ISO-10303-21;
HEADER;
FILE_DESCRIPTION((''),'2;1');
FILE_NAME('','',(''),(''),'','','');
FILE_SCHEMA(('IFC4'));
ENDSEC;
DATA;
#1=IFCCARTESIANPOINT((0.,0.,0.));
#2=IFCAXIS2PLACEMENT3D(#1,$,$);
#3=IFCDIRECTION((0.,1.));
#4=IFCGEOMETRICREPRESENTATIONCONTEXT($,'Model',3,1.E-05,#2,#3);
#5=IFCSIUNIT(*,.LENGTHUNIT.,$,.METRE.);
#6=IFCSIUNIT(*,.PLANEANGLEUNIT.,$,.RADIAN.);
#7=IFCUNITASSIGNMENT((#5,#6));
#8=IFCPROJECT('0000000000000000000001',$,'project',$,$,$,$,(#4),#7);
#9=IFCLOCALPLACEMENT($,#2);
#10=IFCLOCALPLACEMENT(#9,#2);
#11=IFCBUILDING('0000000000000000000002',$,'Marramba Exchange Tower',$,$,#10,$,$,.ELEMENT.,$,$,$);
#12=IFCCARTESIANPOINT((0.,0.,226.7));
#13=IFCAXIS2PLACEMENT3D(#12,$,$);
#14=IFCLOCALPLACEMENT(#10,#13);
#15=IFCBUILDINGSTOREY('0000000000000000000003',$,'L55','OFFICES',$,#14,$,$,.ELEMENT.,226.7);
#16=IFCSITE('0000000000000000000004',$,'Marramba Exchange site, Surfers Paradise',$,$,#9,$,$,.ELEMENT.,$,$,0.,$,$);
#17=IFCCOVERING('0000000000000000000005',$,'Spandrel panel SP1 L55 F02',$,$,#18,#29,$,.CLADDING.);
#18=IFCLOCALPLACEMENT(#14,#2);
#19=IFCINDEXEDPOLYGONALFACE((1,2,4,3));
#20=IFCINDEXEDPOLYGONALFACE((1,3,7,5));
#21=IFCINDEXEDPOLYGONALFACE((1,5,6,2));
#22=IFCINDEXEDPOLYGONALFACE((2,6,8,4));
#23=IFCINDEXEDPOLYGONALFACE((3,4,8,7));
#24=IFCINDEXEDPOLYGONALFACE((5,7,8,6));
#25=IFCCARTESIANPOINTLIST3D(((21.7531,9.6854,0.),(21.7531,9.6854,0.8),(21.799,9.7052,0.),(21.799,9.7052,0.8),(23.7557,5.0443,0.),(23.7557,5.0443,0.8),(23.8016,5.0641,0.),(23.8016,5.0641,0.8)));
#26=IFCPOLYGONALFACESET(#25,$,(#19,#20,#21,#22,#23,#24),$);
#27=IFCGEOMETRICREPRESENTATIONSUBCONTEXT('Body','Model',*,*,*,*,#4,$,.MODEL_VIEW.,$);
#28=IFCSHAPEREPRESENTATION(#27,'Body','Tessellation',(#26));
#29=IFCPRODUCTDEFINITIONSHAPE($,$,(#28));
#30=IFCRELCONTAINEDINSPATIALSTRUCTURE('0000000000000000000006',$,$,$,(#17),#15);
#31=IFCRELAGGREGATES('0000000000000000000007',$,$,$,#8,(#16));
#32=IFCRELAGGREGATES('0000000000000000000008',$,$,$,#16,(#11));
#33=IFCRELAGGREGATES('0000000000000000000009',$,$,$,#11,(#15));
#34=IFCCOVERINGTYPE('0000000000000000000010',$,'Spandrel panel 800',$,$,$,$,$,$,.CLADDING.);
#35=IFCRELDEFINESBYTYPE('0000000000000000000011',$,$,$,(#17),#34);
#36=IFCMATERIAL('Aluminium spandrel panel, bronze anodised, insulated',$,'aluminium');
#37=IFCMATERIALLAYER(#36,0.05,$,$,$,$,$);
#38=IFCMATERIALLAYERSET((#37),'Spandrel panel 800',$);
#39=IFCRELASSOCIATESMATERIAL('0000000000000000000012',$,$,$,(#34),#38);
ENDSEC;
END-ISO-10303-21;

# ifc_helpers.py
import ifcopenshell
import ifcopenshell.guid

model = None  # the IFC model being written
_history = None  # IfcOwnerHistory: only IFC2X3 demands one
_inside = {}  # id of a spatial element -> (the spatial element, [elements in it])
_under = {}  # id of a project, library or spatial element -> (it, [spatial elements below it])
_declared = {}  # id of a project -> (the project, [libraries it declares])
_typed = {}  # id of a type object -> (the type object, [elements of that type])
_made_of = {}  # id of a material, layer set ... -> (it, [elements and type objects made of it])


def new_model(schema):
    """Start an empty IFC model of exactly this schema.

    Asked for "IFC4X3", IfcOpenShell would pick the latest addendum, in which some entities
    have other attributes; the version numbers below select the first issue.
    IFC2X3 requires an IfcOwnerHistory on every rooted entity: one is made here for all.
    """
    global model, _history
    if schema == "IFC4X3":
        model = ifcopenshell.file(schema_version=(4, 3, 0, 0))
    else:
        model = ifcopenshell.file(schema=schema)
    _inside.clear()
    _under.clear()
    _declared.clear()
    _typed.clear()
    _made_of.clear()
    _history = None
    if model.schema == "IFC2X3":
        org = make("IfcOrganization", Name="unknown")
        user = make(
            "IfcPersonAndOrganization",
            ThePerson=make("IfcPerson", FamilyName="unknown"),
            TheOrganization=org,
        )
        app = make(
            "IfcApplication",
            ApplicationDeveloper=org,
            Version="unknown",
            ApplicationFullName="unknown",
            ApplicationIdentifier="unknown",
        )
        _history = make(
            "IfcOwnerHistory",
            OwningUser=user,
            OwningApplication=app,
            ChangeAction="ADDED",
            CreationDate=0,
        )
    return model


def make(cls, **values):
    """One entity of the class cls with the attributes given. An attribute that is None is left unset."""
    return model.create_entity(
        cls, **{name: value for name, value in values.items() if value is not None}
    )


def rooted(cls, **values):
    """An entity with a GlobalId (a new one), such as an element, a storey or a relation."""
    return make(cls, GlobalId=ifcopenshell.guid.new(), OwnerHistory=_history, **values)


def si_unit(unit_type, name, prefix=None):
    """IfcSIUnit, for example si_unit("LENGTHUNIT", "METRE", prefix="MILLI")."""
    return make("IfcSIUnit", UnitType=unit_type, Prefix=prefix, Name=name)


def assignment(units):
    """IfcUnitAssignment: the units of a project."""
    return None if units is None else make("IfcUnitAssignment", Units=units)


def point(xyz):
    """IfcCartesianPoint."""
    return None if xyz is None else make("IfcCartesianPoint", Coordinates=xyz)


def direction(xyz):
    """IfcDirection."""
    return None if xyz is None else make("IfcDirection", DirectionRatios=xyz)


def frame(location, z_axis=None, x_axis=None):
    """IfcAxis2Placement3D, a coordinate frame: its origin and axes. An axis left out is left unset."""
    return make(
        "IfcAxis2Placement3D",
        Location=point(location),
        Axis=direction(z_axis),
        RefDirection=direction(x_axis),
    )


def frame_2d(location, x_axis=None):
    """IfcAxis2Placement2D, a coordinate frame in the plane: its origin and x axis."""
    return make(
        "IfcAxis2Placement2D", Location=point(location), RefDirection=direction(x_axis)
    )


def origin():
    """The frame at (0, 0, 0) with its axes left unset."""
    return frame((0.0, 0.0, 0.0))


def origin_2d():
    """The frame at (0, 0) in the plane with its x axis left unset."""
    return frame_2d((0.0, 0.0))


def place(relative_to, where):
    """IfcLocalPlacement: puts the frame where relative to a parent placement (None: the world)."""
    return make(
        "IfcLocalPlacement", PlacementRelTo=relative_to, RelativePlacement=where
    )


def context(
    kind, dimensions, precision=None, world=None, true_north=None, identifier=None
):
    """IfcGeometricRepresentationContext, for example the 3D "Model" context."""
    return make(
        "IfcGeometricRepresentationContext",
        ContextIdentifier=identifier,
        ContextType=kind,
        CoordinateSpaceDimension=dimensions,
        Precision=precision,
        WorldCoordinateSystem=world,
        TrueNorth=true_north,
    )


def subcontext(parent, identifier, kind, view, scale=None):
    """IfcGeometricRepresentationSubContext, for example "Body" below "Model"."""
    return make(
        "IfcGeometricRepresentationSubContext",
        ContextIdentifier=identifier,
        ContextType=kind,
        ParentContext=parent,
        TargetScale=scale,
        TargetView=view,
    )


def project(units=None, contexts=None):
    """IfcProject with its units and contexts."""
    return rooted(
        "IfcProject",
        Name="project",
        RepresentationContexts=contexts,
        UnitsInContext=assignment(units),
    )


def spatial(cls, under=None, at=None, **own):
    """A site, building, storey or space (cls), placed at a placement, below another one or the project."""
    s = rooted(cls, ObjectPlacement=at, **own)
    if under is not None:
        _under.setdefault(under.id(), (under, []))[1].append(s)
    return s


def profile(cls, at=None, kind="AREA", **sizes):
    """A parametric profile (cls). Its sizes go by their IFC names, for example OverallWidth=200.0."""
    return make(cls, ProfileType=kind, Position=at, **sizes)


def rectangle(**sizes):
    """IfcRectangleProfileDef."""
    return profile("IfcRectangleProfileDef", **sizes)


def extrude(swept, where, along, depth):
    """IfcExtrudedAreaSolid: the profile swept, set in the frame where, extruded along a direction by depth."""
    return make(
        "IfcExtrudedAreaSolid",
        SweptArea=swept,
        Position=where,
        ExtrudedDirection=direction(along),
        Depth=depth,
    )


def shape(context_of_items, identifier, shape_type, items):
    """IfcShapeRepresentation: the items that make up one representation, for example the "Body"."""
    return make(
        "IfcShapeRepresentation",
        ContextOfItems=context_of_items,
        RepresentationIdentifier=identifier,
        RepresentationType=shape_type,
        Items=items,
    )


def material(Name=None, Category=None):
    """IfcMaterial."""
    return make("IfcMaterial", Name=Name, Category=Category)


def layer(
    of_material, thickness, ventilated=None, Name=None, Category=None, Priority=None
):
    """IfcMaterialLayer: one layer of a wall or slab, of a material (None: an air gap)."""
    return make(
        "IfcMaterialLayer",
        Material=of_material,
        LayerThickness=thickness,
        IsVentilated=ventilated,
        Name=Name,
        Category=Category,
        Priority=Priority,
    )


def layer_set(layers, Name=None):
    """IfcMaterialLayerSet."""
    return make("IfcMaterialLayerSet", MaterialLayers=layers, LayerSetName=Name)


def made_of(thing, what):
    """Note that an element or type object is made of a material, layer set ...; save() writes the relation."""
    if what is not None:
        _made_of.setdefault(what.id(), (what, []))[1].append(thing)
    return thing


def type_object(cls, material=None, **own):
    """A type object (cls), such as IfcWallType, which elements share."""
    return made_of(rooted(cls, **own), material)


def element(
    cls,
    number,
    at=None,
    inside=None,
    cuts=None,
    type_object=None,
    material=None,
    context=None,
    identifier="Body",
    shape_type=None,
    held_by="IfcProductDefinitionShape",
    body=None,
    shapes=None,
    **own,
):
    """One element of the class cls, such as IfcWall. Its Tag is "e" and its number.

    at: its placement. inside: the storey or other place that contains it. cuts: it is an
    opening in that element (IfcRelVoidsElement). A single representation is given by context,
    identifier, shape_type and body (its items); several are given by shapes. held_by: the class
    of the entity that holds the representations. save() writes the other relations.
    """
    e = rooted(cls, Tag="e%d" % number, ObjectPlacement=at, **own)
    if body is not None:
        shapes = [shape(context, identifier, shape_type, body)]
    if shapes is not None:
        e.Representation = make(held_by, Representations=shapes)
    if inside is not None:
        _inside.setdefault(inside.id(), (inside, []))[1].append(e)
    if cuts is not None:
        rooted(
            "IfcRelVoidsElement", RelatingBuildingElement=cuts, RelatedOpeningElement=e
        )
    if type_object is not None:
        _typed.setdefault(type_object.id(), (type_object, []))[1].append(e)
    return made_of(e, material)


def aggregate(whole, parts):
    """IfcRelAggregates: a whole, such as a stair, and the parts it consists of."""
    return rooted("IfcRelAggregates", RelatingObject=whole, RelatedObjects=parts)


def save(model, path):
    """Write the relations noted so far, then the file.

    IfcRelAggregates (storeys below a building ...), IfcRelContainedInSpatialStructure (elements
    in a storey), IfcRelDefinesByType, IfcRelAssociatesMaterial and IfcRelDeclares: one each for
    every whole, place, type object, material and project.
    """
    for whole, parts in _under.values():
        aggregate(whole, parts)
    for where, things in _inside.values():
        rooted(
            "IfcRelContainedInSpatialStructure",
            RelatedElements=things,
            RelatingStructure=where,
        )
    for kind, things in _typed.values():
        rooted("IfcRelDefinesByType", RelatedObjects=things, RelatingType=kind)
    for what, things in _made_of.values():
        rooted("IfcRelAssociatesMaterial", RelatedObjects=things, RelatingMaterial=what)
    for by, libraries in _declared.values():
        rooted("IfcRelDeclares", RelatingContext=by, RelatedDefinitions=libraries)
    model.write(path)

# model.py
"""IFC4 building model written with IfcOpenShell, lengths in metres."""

from ifc_helpers import new_model, si_unit, direction, frame, origin, origin_2d, place, context, subcontext, project, spatial, rectangle, extrude, material, layer, layer_set, type_object, element, save


model = new_model("IFC4")

# Units and contexts
model_context = context("Model", 3, precision=1e-05, world=origin(), true_north=direction((0.0, 1.0)))
body_context = subcontext(model_context, "Body", "Model", "MODEL_VIEW")
ifc_project = project(units=[si_unit("LENGTHUNIT", "METRE"), si_unit("PLANEANGLEUNIT", "RADIAN")], contexts=[model_context])

# Site, building, storey
site_placement = place(None, origin())
site = spatial("IfcSite", under=ifc_project, at=site_placement, Name="Marramba Exchange site, Surfers Paradise", CompositionType="ELEMENT", RefElevation=0.0)
building_placement = place(site_placement, origin())
building = spatial("IfcBuilding", under=site, at=building_placement, Name="Marramba Exchange Tower", CompositionType="ELEMENT")
storey_placement = place(building_placement, frame((0.0, 0.0, 226.7)))
storey = spatial("IfcBuildingStorey", under=building, at=storey_placement, Name="L55", Description="OFFICES", CompositionType="ELEMENT", Elevation=226.7)

# Covering
ifc_material_1 = material(Name="Aluminium spandrel panel, bronze anodised, insulated", Category="aluminium")
ifc_layer_1 = layer(ifc_material_1, 0.05)
ifc_layer_set_1 = layer_set([ifc_layer_1], Name="Spandrel panel 800")
covering_type = type_object("IfcCoveringType", Name="Spandrel panel 800", PredefinedType="CLADDING", material=ifc_layer_set_1)
covering_1_placement = place(storey_placement, frame((22.7773, 7.3748, 0.0), z_axis=(0.0, 0.0, 1.0), x_axis=(-0.396193, 0.918167, 0.0)))
element("IfcCovering", 1, at=covering_1_placement, inside=storey, type_object=covering_type, Name="Spandrel panel SP1 L55 F02", PredefinedType="CLADDING", context=body_context, shape_type="SweptSolid", body=[
    extrude(rectangle(XDim=5.0547, YDim=0.05, at=origin_2d()), origin(), (0.0, 0.0, 1.0), 0.8),
])

save(model, "model.ifc")
